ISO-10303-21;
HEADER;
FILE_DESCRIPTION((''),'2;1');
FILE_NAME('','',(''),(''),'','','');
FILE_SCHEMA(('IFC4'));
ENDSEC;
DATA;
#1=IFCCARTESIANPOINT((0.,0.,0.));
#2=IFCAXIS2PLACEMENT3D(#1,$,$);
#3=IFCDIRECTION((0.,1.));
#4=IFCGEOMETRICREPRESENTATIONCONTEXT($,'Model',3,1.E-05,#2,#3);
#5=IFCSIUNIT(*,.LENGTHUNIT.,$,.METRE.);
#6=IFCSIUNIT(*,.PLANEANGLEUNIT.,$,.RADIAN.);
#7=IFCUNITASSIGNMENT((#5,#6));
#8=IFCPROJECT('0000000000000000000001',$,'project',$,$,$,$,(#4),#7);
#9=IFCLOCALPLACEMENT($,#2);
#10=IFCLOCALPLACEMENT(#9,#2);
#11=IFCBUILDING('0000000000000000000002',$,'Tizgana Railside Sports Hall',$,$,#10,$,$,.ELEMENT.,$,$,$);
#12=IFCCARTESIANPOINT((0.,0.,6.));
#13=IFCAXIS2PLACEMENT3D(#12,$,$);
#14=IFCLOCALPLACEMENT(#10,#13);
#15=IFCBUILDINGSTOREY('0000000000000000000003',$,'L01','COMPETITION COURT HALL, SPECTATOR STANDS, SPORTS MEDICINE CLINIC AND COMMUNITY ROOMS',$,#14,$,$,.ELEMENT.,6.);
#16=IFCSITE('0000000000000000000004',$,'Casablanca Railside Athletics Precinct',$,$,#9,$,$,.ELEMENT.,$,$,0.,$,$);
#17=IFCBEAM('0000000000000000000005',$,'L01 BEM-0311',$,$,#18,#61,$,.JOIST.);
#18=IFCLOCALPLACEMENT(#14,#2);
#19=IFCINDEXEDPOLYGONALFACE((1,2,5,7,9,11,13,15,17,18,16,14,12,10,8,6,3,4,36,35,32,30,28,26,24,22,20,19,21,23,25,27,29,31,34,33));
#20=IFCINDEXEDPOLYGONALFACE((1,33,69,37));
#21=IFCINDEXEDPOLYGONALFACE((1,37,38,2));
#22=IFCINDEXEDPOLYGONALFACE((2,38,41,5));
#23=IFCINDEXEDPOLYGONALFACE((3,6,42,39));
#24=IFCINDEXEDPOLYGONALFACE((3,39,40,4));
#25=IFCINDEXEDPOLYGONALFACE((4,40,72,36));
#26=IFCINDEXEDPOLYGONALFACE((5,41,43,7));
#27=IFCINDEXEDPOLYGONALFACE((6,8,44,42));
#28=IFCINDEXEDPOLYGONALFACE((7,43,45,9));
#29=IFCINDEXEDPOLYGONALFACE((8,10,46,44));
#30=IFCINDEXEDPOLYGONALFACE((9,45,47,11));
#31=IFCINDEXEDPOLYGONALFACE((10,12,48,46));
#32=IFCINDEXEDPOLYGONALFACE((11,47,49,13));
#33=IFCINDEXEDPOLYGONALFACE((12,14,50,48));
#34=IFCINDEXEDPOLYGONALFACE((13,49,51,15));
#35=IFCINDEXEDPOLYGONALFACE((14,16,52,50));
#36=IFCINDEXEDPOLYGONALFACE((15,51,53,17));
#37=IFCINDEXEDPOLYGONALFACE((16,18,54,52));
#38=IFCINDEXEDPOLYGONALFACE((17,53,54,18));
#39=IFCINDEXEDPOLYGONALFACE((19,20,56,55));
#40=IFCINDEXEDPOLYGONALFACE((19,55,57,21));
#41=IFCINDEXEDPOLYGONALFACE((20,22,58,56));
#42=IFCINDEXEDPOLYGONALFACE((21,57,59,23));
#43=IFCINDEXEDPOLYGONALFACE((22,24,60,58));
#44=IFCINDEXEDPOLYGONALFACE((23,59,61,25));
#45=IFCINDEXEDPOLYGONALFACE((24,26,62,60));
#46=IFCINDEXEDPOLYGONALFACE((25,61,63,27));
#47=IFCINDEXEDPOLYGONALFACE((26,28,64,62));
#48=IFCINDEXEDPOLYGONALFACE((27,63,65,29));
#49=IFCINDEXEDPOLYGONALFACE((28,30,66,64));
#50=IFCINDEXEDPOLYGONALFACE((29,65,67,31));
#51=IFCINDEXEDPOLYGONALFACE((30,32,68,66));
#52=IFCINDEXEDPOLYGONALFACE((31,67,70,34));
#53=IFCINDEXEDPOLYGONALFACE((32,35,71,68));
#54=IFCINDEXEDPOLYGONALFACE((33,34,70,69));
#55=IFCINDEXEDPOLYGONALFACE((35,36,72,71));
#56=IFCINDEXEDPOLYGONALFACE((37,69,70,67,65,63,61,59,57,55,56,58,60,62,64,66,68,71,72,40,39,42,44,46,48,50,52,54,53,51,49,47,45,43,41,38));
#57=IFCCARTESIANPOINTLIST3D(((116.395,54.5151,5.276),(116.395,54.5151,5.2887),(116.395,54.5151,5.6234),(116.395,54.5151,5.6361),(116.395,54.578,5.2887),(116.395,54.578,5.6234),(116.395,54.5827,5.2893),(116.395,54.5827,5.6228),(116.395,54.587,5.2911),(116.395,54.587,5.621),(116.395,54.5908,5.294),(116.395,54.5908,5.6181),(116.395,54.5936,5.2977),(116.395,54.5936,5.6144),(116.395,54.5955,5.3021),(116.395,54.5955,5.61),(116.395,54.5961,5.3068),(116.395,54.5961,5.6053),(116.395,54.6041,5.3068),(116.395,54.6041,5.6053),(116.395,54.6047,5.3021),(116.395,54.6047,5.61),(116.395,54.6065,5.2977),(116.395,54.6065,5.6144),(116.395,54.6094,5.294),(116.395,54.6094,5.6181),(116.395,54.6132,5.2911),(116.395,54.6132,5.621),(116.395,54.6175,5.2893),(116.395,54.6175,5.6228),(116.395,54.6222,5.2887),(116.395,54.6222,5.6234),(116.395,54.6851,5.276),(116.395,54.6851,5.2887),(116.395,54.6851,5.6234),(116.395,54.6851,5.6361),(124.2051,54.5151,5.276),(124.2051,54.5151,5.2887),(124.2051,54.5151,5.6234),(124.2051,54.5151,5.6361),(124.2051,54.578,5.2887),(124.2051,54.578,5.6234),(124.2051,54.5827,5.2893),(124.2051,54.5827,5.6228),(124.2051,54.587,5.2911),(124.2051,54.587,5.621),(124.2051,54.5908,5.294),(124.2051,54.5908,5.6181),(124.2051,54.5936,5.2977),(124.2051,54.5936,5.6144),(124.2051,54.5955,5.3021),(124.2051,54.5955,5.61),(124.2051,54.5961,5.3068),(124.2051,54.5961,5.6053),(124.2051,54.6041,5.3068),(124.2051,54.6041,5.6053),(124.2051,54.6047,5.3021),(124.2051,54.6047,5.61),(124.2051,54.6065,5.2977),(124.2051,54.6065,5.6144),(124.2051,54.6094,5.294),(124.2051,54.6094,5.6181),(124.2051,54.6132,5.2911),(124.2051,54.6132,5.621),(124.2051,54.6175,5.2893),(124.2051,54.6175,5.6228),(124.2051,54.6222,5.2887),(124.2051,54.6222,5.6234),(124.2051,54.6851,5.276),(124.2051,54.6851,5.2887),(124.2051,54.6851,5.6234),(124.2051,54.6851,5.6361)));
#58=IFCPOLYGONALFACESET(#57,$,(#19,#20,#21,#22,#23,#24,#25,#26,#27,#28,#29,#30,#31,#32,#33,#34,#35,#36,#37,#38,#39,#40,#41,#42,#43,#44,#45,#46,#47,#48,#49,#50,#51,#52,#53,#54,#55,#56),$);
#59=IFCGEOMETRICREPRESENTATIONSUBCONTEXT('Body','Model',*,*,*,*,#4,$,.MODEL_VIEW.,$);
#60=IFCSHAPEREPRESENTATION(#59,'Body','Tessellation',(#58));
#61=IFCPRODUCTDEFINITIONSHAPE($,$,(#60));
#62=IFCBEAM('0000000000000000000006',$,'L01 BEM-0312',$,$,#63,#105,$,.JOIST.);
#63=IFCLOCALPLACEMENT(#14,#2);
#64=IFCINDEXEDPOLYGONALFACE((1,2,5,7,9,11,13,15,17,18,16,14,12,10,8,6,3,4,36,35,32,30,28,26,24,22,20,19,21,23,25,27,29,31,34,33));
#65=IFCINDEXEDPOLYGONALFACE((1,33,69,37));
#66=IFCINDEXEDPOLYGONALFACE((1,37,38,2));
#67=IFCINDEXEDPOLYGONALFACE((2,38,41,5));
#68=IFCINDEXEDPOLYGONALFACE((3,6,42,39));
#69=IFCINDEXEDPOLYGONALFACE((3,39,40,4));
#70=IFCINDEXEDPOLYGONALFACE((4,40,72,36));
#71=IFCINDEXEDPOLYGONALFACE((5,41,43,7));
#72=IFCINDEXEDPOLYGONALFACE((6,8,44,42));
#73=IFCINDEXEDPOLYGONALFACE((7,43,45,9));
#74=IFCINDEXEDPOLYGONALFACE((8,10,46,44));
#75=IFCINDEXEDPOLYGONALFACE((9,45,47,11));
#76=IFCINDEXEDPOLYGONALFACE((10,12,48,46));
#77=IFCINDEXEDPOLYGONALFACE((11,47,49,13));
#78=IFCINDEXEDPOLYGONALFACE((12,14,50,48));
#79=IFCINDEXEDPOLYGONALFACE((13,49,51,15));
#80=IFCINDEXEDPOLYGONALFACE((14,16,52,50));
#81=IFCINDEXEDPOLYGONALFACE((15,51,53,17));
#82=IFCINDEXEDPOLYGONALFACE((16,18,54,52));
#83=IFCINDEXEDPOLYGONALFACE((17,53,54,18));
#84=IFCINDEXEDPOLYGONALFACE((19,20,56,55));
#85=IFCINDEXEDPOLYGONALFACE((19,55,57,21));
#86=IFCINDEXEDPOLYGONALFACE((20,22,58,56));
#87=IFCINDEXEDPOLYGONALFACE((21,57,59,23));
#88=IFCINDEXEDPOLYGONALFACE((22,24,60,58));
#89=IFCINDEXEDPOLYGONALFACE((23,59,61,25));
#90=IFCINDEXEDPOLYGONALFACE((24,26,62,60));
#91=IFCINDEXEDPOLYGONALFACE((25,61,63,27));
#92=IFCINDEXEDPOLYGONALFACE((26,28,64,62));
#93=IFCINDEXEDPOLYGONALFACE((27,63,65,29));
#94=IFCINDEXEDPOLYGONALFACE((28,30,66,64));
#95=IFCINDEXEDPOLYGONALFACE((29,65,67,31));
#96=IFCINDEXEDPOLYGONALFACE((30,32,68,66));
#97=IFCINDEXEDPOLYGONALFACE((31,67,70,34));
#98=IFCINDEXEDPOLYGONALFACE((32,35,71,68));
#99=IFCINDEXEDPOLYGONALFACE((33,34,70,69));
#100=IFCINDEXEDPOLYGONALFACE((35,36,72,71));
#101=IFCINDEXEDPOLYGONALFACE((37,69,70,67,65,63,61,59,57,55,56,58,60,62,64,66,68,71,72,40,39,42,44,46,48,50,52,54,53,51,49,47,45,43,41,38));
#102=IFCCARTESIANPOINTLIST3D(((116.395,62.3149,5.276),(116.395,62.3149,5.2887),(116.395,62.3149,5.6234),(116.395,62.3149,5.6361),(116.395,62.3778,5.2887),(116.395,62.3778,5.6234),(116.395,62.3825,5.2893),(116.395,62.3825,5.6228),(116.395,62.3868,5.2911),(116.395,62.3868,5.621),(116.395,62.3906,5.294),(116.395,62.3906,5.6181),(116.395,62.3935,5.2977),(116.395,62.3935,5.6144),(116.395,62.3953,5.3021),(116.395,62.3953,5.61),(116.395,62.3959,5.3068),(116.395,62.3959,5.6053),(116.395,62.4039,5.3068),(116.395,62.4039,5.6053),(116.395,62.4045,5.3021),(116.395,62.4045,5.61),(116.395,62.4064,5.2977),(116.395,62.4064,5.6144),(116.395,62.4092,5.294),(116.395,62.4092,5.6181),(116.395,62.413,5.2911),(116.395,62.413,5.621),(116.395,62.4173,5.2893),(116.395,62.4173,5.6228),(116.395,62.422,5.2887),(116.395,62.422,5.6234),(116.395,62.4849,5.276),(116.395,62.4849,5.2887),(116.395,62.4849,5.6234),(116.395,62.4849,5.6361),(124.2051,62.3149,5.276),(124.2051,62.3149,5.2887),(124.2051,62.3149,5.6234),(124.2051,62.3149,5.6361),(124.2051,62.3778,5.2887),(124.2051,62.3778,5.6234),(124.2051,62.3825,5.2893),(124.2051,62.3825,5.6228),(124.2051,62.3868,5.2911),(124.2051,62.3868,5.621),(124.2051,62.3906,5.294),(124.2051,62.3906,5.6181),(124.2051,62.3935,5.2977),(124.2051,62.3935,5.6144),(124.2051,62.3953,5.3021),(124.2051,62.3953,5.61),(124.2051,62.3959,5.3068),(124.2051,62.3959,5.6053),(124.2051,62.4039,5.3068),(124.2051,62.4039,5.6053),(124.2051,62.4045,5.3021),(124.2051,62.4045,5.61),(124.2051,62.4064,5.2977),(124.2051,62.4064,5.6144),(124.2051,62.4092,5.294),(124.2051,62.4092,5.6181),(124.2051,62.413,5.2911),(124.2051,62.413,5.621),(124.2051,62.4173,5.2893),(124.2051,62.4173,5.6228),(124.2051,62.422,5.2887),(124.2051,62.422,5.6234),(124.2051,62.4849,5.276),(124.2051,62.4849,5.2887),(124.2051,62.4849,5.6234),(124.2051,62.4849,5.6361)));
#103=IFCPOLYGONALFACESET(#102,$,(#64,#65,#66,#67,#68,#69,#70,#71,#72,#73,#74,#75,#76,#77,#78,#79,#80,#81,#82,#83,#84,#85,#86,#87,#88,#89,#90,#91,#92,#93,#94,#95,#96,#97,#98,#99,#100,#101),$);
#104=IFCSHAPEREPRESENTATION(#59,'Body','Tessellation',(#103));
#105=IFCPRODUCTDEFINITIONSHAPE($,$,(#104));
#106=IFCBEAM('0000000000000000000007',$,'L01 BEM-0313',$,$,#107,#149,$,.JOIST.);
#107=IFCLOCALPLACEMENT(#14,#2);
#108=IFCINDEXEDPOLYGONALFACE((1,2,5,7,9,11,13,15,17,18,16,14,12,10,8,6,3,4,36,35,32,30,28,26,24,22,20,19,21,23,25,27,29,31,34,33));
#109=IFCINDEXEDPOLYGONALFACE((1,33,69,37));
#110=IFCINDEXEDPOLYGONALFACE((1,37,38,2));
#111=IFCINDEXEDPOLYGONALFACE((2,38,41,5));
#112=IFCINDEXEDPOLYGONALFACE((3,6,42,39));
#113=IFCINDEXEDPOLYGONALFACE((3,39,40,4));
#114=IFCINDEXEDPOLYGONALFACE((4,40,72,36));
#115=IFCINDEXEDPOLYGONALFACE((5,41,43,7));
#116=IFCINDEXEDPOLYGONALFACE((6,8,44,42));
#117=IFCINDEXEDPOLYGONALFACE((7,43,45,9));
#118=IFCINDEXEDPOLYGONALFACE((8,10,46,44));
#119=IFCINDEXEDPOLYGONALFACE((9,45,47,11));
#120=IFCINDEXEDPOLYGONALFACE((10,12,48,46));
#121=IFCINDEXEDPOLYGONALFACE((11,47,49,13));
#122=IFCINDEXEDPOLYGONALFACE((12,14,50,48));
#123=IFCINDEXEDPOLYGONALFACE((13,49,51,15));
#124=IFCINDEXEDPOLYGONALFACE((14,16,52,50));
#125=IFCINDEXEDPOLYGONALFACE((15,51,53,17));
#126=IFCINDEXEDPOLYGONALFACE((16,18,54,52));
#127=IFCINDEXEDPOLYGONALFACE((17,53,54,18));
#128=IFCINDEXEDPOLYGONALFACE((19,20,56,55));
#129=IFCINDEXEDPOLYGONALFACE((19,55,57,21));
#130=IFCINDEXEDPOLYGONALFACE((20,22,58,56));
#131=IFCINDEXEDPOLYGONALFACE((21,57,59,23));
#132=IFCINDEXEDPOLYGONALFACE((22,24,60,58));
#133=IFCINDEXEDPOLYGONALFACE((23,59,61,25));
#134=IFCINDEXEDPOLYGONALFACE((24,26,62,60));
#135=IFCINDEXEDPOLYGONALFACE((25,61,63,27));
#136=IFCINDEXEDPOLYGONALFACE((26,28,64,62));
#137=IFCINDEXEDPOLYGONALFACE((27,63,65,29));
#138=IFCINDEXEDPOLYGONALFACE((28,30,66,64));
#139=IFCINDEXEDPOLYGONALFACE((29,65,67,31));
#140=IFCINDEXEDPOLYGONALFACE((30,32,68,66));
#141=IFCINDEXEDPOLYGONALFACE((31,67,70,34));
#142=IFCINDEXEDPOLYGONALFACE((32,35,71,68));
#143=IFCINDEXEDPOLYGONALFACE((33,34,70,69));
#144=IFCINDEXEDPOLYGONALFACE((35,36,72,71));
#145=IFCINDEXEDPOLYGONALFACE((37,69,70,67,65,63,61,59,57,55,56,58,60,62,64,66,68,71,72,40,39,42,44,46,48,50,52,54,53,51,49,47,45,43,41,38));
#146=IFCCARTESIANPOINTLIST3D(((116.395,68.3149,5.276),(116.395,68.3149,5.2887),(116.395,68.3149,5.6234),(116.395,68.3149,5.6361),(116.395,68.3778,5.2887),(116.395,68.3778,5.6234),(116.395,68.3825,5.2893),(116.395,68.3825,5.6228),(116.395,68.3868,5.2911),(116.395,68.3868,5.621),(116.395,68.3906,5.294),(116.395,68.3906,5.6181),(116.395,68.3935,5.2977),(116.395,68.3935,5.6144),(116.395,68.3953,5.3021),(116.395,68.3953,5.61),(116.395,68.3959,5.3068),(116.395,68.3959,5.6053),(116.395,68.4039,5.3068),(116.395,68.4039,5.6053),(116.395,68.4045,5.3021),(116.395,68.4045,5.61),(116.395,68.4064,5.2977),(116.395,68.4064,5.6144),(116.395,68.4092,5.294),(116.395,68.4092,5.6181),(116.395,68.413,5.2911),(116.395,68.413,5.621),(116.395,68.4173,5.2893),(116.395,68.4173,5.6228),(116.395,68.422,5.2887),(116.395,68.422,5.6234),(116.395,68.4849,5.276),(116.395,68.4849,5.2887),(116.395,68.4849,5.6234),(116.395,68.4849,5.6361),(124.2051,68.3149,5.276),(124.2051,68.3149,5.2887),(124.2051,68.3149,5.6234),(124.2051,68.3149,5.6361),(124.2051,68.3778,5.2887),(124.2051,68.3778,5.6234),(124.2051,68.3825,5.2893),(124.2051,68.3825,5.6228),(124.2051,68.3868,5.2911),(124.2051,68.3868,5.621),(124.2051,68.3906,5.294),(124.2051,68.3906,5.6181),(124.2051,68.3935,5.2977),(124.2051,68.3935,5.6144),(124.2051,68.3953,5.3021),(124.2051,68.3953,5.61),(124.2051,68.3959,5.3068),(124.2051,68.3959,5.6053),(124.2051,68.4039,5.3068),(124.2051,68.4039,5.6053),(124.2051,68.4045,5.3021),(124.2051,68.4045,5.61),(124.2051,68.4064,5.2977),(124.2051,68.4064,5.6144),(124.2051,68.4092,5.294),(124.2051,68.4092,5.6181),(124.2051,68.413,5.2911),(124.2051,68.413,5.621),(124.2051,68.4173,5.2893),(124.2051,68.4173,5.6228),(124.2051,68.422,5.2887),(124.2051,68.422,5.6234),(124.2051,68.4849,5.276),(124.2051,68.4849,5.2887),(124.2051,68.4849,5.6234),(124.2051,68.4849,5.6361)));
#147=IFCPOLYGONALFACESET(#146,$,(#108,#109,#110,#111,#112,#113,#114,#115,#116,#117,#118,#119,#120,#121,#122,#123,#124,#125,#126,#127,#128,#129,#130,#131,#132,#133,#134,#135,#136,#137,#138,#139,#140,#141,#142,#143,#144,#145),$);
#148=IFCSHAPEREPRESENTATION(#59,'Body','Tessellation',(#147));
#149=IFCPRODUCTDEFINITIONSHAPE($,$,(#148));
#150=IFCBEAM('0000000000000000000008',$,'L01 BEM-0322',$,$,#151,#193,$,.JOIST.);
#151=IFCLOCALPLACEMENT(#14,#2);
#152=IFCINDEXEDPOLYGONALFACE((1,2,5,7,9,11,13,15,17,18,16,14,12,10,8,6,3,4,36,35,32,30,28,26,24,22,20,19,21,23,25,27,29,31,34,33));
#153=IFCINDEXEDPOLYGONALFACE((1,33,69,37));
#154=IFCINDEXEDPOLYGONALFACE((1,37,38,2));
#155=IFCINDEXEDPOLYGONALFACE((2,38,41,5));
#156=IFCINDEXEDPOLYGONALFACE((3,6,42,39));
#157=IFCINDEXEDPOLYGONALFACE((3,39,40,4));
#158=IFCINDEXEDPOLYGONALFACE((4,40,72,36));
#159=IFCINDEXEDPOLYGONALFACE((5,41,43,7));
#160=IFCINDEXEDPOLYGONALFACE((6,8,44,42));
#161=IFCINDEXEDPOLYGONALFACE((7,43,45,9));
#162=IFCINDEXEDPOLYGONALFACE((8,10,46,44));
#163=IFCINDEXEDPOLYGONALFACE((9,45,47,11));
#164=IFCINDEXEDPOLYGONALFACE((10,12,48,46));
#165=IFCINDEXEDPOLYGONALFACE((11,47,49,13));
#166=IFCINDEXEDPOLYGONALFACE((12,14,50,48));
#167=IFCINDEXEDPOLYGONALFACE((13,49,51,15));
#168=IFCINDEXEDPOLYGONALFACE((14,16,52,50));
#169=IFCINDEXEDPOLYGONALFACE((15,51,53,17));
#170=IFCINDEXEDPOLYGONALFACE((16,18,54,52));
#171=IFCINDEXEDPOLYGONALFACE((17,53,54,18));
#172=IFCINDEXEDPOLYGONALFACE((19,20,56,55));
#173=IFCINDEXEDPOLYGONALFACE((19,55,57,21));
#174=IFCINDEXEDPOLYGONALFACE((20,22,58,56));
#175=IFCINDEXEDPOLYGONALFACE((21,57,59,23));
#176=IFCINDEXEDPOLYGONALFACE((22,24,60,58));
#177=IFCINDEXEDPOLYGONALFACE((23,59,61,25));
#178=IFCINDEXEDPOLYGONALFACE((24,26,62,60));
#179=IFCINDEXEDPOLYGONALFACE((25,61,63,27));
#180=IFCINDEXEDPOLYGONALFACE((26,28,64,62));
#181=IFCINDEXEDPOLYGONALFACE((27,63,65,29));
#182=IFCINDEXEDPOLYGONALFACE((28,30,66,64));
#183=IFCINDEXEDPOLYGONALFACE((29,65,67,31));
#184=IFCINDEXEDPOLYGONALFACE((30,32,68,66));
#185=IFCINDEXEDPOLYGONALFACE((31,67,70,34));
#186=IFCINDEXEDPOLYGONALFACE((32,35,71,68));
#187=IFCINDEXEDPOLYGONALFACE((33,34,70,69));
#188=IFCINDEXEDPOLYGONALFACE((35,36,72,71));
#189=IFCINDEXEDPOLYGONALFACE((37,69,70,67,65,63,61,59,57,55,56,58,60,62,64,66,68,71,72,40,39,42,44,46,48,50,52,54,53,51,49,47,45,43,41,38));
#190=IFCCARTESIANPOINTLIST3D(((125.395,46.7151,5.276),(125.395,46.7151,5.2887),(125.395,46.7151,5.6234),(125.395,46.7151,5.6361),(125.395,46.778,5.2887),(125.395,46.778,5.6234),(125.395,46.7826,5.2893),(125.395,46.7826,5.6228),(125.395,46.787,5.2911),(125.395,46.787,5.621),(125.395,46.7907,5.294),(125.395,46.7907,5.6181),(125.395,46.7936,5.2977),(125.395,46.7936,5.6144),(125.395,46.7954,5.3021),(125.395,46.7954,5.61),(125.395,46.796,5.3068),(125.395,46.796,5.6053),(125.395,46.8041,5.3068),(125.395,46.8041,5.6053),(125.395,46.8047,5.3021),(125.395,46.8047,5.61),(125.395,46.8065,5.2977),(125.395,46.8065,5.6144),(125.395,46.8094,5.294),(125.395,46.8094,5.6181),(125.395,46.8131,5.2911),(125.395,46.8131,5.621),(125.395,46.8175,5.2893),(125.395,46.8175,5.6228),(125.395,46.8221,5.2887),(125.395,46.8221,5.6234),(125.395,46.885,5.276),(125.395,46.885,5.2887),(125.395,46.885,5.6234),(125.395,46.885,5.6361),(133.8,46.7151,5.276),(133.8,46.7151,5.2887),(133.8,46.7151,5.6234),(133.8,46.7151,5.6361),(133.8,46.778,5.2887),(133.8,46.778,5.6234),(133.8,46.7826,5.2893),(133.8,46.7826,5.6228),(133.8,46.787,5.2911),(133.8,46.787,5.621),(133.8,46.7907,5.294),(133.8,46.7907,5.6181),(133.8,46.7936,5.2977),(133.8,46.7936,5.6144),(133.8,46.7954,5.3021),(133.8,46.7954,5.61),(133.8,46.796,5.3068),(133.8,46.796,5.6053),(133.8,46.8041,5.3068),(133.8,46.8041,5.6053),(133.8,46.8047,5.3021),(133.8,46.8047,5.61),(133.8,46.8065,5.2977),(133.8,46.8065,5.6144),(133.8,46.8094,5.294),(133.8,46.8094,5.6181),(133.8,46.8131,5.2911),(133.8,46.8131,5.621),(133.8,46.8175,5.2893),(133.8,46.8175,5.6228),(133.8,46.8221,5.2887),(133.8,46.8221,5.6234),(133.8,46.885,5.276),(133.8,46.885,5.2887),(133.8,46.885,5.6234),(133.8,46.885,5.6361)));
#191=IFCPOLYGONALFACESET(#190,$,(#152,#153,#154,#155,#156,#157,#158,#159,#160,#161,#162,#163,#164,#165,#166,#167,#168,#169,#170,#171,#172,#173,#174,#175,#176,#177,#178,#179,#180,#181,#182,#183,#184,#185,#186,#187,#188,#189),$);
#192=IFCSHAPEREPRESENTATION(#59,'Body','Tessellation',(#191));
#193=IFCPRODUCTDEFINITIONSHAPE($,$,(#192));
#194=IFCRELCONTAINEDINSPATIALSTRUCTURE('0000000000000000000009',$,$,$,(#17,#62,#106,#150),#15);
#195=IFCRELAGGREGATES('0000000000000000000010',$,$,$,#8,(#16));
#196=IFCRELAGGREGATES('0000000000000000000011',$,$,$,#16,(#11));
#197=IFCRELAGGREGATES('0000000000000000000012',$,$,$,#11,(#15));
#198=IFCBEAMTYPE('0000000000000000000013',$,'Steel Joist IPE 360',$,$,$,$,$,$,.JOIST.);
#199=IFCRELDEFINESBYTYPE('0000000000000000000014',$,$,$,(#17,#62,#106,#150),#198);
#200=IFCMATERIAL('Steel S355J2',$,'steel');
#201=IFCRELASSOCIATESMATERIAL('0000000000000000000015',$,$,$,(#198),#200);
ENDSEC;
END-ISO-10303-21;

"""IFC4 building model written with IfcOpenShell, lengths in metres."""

from ifc_helpers import new_model, si_unit, direction, frame, origin, origin_2d, place, context, subcontext, project, spatial, i_section, extrude, material, material_profile, profile_set, type_object, element, save


model = new_model("IFC4")

# Units and contexts
model_context = context("Model", 3, precision=1e-05, world=origin(), true_north=direction((0.0, 1.0)))
body_context = subcontext(model_context, "Body", "Model", "MODEL_VIEW")
ifc_project = project(units=[si_unit("LENGTHUNIT", "METRE"), si_unit("PLANEANGLEUNIT", "RADIAN")], contexts=[model_context])

# Site, building, storey
site_placement = place(None, origin())
site = spatial("IfcSite", under=ifc_project, at=site_placement, Name="Casablanca Railside Athletics Precinct", CompositionType="ELEMENT", RefElevation=0.0)
building_placement = place(site_placement, origin())
building = spatial("IfcBuilding", under=site, at=building_placement, Name="Tizgana Railside Sports Hall", CompositionType="ELEMENT")
storey_placement = place(building_placement, frame((0.0, 0.0, 6.0)))
storey = spatial("IfcBuildingStorey", under=building, at=storey_placement, Name="L01", Description="COMPETITION COURT HALL, SPECTATOR STANDS, SPORTS MEDICINE CLINIC AND COMMUNITY ROOMS", CompositionType="ELEMENT", Elevation=6.0)

# Beams
ifc_material = material(Name="Steel S355J2", Category="steel")
ifc_material_profile_1 = material_profile(ifc_material, i_section(OverallWidth=0.1699, OverallDepth=0.3601, WebThickness=0.0081, FlangeThickness=0.0127, FilletRadius=0.0181, at=origin_2d()), Name="IPE 360")
ifc_profile_set_1 = profile_set([ifc_material_profile_1], Name="Steel S355J2")
beam_type_1 = type_object("IfcBeamType", Name="Steel Joist IPE 360", PredefinedType="JOIST", material=ifc_profile_set_1)
for number, where, z_axis, x_axis, name in (
    (1, (116.395, 54.6001, 5.4561), (1.0, 0.0, 0.0), (0.0, 1.0, 0.0), "L01 BEM-0311"),
    (2, (116.395, 62.3999, 5.4561), (1.0, 0.0, 0.0), (0.0, 1.0, 0.0), "L01 BEM-0312"),
    (3, (116.395, 68.3999, 5.4561), (1.0, 0.0, 0.0), (0.0, 1.0, 0.0), "L01 BEM-0313"),
):
    element("IfcBeam", number, at=place(storey_placement, frame(where, z_axis=z_axis, x_axis=x_axis)), inside=storey, type_object=beam_type_1, Name=name, PredefinedType="JOIST", context=body_context, shape_type="SweptSolid", body=[
        extrude(i_section(OverallWidth=0.1699, OverallDepth=0.3601, WebThickness=0.0081, FlangeThickness=0.0127, FilletRadius=0.0181, at=origin_2d()), origin(), (0.0, 0.0, 1.0), 7.8101),
    ])
for number, where, z_axis, x_axis, name in (
    (4, (125.395, 46.8, 5.4561), (1.0, 0.0, 0.0), (0.0, 1.0, 0.0), "L01 BEM-0322"),
):
    element("IfcBeam", number, at=place(storey_placement, frame(where, z_axis=z_axis, x_axis=x_axis)), inside=storey, type_object=beam_type_1, Name=name, PredefinedType="JOIST", context=body_context, shape_type="SweptSolid", body=[
        extrude(i_section(OverallWidth=0.1699, OverallDepth=0.3601, WebThickness=0.0081, FlangeThickness=0.0127, FilletRadius=0.0181, at=origin_2d()), origin(), (0.0, 0.0, 1.0), 8.405),
    ])

save(model, "model.ifc")
